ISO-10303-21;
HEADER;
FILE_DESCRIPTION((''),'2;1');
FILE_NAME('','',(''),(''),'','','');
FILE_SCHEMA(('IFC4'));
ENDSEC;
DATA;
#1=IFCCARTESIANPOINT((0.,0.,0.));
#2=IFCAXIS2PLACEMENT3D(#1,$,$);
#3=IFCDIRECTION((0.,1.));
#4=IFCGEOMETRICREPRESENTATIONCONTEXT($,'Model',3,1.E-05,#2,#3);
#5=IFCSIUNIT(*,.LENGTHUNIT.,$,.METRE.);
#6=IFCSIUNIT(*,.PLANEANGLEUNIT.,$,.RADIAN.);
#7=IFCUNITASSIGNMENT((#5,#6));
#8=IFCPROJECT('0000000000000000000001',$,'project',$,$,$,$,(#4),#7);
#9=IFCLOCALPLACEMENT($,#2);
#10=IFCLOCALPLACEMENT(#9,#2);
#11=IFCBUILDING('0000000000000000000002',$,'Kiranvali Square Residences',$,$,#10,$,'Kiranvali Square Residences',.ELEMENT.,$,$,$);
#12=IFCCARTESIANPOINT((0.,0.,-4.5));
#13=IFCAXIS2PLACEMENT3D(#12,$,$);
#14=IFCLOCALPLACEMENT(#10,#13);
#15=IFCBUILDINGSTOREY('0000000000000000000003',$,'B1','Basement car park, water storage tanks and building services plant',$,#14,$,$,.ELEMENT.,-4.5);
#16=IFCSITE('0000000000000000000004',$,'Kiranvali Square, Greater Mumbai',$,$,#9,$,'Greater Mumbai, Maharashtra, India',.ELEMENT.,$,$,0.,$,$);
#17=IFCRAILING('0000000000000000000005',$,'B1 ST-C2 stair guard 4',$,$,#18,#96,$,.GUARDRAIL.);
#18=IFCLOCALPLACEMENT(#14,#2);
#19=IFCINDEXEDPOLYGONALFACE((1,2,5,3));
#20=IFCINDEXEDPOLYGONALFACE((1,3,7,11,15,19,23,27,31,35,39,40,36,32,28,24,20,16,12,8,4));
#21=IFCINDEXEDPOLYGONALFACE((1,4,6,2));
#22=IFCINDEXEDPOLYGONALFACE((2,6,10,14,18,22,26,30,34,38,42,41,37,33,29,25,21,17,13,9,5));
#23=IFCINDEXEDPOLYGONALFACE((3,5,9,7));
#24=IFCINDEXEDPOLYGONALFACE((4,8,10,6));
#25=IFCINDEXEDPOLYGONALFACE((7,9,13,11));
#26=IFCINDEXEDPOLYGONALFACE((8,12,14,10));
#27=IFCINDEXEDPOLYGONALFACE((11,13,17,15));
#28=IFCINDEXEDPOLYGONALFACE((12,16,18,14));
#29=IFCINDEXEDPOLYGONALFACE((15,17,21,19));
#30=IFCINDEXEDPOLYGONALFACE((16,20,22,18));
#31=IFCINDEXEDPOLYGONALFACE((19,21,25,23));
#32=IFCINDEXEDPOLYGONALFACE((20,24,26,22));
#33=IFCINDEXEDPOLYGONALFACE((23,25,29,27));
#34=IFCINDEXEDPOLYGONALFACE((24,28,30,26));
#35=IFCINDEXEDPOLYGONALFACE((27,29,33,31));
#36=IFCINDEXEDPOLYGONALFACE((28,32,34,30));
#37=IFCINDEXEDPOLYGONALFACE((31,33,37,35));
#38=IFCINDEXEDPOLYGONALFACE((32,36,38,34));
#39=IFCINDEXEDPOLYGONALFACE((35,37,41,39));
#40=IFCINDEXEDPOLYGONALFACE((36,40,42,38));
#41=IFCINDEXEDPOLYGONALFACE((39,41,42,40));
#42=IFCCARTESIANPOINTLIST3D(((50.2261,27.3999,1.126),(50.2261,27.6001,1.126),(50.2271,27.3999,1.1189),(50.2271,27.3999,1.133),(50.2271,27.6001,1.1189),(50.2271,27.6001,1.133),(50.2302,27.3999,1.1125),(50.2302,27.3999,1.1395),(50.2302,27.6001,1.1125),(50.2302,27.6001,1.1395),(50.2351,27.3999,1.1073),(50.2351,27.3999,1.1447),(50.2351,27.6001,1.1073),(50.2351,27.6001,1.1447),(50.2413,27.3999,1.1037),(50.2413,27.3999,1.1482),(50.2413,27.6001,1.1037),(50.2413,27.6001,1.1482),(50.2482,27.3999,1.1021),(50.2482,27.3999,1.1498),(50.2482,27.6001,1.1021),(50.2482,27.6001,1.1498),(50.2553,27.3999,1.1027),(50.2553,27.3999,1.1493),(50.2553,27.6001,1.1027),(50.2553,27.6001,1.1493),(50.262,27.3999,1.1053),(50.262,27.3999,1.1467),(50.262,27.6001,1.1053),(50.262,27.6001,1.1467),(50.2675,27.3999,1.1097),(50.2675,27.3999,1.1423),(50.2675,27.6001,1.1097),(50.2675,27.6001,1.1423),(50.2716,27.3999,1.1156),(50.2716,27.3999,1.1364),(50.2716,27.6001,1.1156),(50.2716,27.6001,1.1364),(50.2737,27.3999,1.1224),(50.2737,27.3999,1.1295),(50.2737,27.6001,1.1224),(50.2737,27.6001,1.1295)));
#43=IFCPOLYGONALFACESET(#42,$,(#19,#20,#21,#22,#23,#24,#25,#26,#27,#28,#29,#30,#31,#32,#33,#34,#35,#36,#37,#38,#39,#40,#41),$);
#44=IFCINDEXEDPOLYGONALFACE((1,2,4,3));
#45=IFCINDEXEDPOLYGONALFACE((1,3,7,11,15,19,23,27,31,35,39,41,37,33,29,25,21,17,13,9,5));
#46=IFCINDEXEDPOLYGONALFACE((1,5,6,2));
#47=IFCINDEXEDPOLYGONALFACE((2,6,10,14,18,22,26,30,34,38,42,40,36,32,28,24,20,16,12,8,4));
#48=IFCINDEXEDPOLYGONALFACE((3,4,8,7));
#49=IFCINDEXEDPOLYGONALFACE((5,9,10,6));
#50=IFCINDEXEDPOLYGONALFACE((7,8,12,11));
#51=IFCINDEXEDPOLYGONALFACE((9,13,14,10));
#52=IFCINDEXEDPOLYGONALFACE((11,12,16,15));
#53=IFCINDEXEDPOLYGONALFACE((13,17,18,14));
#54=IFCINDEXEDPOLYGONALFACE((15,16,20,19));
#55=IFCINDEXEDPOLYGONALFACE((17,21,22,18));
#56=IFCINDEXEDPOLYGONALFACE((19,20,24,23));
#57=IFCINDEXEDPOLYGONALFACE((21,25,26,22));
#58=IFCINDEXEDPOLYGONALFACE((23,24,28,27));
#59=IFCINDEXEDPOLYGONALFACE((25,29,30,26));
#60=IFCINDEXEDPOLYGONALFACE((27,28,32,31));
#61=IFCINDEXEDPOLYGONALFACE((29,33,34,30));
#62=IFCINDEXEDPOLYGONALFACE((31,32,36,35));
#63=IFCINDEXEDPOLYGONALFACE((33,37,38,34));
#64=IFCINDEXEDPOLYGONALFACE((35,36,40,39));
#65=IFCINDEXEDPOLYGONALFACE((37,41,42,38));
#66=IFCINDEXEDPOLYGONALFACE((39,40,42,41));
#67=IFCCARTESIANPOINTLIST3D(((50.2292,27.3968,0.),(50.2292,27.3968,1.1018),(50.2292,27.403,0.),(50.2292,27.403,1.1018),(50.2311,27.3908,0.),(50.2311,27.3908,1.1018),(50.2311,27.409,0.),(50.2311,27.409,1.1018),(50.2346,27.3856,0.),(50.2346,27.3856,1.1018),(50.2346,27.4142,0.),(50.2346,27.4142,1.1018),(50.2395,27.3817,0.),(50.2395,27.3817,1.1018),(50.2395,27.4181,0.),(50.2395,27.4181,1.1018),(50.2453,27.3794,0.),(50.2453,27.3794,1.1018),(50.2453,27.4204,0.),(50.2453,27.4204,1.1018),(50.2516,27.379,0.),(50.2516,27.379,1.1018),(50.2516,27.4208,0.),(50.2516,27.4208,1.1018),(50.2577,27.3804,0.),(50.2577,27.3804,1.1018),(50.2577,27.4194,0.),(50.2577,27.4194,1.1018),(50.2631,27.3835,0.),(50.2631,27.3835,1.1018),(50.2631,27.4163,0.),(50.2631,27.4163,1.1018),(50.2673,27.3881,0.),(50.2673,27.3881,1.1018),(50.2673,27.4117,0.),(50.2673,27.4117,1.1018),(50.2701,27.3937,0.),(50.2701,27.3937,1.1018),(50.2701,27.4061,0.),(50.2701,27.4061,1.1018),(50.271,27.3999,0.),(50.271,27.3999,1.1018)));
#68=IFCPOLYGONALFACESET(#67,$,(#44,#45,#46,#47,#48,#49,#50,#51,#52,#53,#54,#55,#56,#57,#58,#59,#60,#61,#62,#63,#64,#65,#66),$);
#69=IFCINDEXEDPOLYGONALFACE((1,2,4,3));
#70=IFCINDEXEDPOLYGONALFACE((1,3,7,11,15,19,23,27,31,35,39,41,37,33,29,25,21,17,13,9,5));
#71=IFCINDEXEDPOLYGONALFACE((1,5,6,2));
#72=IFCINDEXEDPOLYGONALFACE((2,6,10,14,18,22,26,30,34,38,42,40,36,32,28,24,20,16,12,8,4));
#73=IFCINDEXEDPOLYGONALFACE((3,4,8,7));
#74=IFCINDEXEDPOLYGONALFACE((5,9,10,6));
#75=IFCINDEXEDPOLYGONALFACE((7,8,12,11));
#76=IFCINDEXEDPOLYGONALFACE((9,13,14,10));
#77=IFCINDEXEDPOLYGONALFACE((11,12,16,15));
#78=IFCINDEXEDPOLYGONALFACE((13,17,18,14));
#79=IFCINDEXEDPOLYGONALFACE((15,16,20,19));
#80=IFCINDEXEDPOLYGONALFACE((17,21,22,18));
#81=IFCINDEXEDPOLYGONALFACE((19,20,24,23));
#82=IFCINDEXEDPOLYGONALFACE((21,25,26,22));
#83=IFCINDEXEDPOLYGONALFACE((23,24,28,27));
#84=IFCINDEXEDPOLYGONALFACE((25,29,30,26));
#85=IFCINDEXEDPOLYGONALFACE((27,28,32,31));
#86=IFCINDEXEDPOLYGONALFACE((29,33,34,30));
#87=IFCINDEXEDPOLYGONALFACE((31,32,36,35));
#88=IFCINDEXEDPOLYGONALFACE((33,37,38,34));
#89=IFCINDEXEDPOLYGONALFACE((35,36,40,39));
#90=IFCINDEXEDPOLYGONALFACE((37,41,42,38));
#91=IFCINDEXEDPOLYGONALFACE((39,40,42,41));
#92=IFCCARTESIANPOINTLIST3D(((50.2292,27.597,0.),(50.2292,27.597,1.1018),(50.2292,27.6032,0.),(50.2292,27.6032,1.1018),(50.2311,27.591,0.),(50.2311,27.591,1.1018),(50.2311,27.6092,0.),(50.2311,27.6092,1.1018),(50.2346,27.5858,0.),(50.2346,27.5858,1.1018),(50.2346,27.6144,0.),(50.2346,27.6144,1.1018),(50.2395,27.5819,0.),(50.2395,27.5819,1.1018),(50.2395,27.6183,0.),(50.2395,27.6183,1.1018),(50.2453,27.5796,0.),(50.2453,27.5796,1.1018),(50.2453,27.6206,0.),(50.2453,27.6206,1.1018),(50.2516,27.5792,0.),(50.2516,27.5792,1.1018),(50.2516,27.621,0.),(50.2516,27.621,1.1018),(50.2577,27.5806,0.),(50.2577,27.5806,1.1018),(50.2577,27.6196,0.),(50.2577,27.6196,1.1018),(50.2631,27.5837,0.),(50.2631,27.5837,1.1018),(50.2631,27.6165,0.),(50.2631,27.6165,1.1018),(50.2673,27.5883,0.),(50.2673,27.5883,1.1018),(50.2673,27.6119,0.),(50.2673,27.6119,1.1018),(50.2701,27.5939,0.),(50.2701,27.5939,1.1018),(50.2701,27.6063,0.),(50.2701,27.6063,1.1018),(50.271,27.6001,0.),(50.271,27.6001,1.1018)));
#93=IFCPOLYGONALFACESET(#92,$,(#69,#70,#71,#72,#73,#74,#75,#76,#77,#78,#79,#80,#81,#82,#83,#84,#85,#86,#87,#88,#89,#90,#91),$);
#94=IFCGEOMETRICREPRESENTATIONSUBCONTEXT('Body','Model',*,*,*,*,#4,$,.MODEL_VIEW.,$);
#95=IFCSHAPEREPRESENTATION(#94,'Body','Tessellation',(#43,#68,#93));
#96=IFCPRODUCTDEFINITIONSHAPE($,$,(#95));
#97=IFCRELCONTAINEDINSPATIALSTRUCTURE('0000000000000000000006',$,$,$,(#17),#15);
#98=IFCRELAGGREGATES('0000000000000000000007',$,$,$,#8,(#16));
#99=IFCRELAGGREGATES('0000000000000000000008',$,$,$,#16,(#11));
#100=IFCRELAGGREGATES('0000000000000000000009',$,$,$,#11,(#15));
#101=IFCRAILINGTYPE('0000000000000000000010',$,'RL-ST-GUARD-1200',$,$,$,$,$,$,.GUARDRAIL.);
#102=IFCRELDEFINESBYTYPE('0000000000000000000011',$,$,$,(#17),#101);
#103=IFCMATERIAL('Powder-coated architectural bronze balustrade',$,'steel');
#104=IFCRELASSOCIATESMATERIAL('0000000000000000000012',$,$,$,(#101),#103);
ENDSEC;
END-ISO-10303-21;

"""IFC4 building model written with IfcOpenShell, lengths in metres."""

from ifc_helpers import new_model, si_unit, direction, frame, origin, origin_2d, place, context, subcontext, project, spatial, circle, extrude, material, type_object, element, save


model = new_model("IFC4")

# Units and contexts
model_context = context("Model", 3, precision=1e-05, world=origin(), true_north=direction((0.0, 1.0)))
body_context = subcontext(model_context, "Body", "Model", "MODEL_VIEW")
ifc_project = project(units=[si_unit("LENGTHUNIT", "METRE"), si_unit("PLANEANGLEUNIT", "RADIAN")], contexts=[model_context])

# Site, building, storey
site_placement = place(None, origin())
site = spatial("IfcSite", under=ifc_project, at=site_placement, Name="Kiranvali Square, Greater Mumbai", LongName="Greater Mumbai, Maharashtra, India", CompositionType="ELEMENT", RefElevation=0.0)
building_placement = place(site_placement, origin())
building = spatial("IfcBuilding", under=site, at=building_placement, Name="Kiranvali Square Residences", LongName="Kiranvali Square Residences", CompositionType="ELEMENT")
storey_placement = place(building_placement, frame((0.0, 0.0, -4.5)))
storey = spatial("IfcBuildingStorey", under=building, at=storey_placement, Name="B1", Description="Basement car park, water storage tanks and building services plant", CompositionType="ELEMENT", Elevation=-4.5)

# Railing
ifc_material_1 = material(Name="Powder-coated architectural bronze balustrade", Category="steel")
railing_type_1 = type_object("IfcRailingType", Name="RL-ST-GUARD-1200", PredefinedType="GUARDRAIL", material=ifc_material_1)
railing_1_placement = place(storey_placement, frame((50.25, 27.3999, 0.0)))
element("IfcRailing", 1, at=railing_1_placement, inside=storey, type_object=railing_type_1, Name="B1 ST-C2 stair guard 4", PredefinedType="GUARDRAIL", context=body_context, shape_type="SweptSolid", body=[
    extrude(circle(Radius=0.0239, at=origin_2d()), frame((0.0, 0.0, 1.126), z_axis=(0.0, 1.0, 0.0), x_axis=(-1.0, 0.0, 0.0)), (0.0, 0.0, 1.0), 0.2002),
    extrude(circle(Radius=0.021, at=origin_2d()), origin(), (0.0, 0.0, 1.0), 1.1018),
    extrude(circle(Radius=0.021, at=origin_2d()), frame((0.0, 0.2002, 0.0)), (0.0, 0.0, 1.0), 1.1018),
])

save(model, "model.ifc")
